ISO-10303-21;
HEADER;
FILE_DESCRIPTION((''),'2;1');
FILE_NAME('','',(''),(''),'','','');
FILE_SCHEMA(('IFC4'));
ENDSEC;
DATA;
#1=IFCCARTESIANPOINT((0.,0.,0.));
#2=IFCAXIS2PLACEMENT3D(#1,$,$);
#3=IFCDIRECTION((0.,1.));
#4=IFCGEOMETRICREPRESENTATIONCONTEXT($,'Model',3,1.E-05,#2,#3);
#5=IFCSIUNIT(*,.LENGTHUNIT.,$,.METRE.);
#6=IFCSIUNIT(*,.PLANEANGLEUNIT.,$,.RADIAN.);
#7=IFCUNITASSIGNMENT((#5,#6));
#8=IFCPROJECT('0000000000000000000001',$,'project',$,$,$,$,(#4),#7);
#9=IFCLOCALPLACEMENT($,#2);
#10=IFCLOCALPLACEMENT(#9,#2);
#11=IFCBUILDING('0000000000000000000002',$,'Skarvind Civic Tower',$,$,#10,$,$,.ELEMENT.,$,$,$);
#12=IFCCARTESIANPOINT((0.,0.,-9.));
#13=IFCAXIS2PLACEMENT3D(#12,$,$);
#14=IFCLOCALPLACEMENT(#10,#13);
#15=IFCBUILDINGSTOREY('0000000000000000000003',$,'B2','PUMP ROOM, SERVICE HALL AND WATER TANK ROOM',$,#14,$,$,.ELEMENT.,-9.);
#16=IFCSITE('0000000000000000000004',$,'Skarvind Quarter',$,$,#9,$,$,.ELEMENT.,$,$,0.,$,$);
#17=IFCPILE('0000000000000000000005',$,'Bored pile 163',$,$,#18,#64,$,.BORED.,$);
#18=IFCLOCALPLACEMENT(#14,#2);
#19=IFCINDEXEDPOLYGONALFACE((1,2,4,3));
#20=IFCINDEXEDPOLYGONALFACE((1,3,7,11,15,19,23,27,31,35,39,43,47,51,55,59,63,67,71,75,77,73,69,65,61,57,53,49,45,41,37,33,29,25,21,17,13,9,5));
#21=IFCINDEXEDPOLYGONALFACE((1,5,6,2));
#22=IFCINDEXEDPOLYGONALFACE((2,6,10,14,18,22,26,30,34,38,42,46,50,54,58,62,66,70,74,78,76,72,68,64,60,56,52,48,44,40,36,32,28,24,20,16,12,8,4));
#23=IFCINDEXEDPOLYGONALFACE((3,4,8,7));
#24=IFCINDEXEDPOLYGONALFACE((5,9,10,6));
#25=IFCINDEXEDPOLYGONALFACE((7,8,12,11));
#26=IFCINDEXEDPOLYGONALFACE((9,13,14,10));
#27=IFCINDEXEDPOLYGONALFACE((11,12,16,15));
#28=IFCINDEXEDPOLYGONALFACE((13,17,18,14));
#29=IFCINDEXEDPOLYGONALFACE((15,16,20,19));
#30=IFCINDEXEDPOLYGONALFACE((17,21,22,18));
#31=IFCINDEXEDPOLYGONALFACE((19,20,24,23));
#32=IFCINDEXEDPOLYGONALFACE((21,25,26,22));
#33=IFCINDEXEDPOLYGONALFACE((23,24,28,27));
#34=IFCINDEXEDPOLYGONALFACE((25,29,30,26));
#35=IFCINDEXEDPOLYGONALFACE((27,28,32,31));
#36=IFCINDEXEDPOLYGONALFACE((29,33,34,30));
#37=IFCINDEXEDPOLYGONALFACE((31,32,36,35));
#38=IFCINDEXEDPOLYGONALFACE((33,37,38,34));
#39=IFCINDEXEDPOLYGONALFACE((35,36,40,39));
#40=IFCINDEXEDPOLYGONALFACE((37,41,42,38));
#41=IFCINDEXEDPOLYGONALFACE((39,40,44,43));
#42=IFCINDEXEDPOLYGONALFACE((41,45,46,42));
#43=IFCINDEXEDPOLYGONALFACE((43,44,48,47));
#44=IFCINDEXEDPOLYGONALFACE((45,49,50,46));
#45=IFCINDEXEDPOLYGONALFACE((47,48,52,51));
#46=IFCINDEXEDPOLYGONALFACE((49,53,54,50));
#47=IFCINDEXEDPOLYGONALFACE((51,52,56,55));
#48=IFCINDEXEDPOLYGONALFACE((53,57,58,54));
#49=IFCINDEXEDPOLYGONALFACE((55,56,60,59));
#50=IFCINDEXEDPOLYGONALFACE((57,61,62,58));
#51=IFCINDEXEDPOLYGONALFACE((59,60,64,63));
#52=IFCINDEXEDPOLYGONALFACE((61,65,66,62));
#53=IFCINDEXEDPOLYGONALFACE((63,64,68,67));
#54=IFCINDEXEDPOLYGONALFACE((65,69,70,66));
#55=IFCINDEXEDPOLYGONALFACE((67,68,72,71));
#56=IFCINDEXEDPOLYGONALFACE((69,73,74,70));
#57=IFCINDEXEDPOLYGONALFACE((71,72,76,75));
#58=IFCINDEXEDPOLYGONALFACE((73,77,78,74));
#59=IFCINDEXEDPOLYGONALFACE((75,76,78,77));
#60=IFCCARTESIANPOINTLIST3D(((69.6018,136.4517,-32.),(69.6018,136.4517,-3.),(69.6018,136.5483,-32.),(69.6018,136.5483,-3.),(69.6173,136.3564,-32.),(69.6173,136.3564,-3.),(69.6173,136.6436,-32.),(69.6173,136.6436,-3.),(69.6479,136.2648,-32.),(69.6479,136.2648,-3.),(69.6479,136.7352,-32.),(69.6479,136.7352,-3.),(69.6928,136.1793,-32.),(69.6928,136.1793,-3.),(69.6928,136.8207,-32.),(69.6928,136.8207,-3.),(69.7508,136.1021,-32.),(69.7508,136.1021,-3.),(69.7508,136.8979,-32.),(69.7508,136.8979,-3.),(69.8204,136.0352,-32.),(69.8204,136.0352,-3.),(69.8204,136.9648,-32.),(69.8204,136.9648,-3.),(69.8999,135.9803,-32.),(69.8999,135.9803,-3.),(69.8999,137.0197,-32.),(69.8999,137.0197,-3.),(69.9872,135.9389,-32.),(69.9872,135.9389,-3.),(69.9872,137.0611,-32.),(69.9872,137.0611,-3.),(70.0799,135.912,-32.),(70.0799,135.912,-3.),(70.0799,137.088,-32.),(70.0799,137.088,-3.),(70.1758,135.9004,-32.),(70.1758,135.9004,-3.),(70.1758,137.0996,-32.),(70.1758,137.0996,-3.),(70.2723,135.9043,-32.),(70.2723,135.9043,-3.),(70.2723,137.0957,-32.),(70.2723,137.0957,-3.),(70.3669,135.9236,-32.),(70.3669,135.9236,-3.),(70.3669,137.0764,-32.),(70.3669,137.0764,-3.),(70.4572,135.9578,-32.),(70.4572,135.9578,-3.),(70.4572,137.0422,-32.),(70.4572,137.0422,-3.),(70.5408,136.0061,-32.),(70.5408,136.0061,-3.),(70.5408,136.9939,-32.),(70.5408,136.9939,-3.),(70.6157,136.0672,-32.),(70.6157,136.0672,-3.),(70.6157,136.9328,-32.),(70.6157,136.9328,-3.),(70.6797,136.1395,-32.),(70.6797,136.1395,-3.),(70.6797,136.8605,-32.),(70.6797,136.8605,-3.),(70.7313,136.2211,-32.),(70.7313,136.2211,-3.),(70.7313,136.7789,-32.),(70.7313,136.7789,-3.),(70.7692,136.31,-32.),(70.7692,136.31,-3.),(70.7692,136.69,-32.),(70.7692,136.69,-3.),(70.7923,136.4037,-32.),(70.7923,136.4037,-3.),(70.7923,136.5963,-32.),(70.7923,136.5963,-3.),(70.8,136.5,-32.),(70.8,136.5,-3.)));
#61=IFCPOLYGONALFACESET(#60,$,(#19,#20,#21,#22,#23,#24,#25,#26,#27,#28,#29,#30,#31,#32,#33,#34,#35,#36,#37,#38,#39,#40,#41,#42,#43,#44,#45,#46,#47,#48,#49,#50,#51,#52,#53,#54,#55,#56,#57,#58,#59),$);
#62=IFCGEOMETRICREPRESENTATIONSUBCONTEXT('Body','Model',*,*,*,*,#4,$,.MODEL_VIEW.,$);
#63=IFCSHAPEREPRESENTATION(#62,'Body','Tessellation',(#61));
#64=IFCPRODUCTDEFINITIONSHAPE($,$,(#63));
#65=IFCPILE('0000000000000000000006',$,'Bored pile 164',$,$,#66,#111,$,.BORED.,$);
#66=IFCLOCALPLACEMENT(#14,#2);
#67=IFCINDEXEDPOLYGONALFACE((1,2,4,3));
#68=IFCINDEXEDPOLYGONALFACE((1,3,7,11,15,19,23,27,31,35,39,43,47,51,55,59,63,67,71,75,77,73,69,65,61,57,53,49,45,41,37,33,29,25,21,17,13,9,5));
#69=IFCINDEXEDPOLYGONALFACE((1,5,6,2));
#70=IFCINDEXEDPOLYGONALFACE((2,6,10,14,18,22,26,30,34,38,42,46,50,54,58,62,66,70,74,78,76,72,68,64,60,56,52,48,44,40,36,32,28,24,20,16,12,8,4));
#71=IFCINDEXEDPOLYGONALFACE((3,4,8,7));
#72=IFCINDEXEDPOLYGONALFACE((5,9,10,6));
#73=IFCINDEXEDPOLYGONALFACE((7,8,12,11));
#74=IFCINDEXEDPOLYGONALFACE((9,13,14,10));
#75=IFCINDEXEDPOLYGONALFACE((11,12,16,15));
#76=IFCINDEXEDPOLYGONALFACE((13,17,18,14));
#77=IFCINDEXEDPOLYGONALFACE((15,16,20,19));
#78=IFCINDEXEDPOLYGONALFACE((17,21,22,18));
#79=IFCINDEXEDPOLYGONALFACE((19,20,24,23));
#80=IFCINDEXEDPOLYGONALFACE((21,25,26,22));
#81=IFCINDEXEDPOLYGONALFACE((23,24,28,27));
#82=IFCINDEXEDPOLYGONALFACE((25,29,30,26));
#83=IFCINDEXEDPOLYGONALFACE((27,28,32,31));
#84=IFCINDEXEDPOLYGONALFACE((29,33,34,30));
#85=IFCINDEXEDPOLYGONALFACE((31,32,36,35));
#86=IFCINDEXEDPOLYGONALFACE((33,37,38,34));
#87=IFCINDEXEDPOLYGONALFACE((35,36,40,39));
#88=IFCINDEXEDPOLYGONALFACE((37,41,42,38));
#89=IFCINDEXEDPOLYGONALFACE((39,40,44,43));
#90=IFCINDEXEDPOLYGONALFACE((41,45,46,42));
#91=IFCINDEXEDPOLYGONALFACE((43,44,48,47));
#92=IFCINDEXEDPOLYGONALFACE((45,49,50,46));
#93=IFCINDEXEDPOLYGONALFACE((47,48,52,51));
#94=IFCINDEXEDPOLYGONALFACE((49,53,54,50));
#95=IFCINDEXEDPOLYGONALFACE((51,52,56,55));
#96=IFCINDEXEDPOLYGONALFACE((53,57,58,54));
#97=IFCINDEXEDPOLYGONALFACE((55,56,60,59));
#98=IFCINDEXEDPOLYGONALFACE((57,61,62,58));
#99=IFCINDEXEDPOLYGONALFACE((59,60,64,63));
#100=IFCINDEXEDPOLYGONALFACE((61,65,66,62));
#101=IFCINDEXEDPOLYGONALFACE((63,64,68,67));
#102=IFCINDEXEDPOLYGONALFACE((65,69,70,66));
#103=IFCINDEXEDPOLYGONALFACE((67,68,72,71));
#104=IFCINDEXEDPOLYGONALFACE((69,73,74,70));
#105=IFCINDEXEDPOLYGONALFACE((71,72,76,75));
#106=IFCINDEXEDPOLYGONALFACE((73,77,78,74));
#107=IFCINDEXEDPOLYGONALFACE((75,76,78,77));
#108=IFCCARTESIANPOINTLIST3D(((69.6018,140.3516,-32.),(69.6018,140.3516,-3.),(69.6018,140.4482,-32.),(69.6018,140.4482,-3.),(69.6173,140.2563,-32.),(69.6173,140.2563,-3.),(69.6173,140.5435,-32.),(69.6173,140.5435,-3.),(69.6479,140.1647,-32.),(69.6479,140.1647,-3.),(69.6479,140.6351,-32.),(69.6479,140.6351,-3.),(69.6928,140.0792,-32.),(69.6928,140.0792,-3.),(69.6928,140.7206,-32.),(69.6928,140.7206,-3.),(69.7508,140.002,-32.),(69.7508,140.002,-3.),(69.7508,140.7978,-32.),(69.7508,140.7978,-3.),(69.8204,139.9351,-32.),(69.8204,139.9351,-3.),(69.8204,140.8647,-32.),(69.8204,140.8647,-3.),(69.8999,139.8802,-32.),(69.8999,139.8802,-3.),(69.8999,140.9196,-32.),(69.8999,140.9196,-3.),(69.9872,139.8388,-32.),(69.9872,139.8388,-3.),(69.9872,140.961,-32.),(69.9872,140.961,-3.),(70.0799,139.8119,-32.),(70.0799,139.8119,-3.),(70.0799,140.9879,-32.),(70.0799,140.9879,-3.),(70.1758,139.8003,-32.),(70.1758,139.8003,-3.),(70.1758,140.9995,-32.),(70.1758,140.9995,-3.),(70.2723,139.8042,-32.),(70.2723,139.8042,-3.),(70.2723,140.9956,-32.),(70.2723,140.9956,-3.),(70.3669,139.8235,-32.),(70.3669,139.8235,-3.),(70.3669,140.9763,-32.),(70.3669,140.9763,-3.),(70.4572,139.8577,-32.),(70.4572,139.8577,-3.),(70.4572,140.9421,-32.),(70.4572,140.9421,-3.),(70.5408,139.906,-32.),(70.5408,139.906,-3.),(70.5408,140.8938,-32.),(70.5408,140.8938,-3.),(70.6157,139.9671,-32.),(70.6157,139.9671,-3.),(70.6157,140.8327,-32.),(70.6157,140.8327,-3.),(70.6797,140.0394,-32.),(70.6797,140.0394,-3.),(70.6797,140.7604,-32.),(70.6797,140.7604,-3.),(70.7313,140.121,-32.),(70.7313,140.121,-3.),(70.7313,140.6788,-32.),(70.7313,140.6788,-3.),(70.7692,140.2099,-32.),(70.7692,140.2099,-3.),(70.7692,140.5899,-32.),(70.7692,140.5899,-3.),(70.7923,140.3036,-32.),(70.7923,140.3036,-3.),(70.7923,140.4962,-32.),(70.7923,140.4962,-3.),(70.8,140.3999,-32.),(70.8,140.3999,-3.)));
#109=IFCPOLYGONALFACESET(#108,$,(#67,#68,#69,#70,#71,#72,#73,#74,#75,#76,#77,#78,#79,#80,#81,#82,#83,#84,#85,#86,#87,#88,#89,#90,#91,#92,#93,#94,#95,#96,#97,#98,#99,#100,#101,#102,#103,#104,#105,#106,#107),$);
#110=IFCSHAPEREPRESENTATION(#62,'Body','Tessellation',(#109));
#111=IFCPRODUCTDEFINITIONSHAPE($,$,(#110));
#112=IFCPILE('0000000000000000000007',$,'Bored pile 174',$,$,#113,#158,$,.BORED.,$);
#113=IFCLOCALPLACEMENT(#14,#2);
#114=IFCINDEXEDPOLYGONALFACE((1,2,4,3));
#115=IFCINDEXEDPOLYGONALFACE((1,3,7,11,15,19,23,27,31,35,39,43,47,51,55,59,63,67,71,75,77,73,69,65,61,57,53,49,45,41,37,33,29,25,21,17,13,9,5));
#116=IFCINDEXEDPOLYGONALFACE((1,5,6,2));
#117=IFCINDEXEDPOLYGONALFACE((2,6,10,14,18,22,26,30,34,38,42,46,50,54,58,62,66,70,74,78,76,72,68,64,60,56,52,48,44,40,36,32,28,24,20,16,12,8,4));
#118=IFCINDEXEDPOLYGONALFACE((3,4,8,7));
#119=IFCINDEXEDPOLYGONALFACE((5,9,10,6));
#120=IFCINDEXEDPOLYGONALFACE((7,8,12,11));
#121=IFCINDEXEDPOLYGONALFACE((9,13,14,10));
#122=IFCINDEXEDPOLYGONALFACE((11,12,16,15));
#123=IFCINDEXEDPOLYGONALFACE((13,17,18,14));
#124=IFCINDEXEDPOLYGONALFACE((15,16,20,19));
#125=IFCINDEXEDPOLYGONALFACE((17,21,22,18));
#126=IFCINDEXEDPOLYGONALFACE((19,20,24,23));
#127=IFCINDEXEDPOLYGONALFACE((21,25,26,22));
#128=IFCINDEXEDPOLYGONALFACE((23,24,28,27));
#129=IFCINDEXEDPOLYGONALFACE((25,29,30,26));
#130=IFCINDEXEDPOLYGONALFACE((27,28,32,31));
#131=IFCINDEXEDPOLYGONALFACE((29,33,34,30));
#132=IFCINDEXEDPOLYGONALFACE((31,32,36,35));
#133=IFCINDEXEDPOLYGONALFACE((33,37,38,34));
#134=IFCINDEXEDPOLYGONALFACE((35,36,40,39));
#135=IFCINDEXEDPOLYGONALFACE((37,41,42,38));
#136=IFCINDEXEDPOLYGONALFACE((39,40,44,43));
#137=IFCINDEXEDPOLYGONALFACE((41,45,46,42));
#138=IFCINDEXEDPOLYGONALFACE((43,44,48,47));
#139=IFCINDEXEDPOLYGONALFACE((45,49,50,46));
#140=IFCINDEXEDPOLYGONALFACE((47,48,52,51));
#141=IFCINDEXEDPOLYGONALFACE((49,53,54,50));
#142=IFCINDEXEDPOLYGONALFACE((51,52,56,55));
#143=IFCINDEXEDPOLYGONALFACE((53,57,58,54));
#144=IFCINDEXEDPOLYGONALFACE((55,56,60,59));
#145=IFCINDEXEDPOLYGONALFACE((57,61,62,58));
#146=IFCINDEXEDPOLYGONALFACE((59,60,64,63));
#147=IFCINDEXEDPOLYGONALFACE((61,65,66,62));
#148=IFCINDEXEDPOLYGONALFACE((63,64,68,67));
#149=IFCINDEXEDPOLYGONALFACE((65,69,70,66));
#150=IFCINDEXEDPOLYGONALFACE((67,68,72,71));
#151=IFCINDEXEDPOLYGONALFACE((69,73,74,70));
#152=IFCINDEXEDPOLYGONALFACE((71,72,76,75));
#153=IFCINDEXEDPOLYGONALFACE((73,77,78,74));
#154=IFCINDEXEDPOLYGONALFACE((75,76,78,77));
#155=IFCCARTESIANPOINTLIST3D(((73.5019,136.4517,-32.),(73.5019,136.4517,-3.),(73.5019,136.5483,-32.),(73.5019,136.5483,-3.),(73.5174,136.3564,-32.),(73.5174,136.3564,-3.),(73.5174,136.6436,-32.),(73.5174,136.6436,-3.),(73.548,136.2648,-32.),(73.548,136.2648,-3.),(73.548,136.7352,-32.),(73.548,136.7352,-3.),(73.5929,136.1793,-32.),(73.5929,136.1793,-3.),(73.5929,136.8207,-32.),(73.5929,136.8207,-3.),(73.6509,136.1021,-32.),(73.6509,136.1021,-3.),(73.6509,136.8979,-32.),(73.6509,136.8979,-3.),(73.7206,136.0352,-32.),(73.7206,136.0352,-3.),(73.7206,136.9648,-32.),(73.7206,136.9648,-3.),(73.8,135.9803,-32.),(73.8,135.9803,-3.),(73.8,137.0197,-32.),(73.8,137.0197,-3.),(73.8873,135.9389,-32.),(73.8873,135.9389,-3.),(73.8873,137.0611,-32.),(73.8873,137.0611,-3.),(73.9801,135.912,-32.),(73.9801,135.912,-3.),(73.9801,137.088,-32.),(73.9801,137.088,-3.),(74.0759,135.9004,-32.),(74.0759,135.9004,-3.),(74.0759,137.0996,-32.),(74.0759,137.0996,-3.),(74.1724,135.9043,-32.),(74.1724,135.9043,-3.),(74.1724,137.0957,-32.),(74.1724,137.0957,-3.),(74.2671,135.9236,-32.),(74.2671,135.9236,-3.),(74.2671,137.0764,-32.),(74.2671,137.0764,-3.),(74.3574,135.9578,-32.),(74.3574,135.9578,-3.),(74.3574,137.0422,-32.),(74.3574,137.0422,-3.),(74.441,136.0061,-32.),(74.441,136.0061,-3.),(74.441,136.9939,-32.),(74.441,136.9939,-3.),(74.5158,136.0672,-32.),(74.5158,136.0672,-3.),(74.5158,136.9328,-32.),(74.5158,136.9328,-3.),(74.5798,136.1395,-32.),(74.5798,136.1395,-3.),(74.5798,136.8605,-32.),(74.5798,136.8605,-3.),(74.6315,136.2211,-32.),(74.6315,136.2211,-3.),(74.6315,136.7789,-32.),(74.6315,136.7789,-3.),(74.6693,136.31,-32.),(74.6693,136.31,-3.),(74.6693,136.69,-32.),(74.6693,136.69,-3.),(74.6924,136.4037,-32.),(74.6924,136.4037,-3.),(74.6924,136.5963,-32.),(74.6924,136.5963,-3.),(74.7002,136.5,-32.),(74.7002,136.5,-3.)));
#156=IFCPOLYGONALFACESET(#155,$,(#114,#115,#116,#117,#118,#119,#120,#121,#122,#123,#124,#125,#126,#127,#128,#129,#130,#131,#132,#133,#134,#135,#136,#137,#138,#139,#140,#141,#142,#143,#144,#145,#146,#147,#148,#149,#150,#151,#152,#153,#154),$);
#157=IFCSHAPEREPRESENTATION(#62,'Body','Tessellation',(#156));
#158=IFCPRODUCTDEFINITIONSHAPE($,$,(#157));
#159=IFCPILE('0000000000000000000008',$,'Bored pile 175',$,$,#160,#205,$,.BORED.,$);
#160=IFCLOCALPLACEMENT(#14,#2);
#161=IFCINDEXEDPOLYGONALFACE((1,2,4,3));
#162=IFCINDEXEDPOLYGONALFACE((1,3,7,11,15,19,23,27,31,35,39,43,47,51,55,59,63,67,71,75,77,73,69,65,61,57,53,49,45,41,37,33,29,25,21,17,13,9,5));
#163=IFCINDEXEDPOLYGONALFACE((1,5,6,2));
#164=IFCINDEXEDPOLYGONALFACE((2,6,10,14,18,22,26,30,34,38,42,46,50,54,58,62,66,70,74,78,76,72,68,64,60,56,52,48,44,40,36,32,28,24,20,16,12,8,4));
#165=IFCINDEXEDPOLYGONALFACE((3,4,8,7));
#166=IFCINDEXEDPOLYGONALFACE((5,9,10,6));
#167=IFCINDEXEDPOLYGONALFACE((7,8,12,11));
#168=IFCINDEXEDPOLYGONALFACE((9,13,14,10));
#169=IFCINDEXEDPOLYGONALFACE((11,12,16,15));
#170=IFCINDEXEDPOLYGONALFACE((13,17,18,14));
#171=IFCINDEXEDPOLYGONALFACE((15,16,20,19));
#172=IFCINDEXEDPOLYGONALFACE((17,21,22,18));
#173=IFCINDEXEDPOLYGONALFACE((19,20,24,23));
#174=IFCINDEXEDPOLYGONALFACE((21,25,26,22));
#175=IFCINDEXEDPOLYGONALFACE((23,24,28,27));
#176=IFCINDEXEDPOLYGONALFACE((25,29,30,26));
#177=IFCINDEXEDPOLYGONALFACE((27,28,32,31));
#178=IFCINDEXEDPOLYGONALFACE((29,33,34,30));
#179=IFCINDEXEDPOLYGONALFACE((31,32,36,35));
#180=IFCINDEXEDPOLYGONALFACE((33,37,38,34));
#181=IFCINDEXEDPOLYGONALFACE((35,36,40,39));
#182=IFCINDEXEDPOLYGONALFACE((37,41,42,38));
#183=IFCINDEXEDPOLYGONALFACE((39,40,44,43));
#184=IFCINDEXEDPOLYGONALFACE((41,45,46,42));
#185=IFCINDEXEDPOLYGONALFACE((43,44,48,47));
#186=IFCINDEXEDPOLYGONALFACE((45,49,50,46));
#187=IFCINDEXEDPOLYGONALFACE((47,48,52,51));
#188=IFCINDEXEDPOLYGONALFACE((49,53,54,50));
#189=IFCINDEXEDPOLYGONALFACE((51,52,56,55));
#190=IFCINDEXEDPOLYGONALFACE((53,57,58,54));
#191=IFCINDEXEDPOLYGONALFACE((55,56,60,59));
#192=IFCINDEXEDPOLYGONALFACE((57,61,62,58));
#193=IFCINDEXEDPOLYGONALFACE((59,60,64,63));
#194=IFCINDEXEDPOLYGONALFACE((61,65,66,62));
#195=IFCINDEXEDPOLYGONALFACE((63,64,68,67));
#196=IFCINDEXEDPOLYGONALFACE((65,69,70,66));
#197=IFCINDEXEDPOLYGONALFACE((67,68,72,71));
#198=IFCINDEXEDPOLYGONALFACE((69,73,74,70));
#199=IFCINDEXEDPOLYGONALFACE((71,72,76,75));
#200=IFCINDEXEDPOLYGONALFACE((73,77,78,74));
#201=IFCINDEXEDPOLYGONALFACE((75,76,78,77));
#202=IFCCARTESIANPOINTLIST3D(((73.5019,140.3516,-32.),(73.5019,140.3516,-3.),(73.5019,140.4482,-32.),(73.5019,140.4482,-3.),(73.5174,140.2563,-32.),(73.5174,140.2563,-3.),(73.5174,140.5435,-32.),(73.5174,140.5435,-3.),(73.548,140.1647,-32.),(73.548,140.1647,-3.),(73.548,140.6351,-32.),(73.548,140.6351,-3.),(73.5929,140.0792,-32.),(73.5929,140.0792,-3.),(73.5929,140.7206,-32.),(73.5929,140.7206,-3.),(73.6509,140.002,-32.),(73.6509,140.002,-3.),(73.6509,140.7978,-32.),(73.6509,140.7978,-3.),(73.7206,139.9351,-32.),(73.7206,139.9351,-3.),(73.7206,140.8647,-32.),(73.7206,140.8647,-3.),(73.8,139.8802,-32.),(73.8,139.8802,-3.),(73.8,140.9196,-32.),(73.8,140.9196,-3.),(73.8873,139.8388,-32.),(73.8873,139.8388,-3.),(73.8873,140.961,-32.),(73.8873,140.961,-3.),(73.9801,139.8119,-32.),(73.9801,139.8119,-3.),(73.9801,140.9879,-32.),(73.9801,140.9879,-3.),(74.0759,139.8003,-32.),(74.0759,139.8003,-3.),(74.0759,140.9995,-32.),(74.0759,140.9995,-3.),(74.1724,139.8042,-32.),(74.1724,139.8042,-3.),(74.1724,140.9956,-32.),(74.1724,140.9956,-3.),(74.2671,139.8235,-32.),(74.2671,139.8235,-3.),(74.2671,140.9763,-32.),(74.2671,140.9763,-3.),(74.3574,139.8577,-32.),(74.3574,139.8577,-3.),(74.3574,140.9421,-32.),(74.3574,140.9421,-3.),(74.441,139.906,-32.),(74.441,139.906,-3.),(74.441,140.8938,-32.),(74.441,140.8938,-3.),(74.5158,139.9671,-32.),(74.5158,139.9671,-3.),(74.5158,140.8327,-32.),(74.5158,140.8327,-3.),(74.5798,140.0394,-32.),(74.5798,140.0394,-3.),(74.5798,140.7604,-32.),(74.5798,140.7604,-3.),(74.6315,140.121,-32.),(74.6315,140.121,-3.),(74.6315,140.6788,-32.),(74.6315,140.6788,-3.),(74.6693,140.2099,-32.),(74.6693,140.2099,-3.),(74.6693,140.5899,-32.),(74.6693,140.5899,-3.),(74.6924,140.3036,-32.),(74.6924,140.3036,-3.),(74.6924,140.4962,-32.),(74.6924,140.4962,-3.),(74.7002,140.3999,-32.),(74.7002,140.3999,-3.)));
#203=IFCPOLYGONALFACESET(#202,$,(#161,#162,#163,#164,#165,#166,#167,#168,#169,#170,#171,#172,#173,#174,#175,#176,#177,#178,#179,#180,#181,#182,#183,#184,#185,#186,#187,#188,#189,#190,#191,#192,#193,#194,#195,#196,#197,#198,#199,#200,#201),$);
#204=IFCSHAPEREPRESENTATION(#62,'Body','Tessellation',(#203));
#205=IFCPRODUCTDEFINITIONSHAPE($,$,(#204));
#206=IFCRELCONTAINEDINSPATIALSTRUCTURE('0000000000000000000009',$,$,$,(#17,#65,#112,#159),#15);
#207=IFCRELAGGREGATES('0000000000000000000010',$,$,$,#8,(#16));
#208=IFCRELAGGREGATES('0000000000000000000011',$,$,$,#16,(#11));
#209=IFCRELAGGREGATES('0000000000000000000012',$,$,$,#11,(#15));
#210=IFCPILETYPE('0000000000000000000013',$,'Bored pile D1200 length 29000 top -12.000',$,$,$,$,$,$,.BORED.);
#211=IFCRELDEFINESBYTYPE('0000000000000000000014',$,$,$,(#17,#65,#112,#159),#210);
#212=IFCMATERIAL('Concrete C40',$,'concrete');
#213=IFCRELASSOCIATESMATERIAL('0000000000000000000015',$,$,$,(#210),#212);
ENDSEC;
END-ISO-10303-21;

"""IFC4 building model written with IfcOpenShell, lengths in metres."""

from ifc_helpers import new_model, si_unit, direction, frame, origin, origin_2d, place, context, subcontext, project, spatial, circle, extrude, material, type_object, element, save


model = new_model("IFC4")

# Units and contexts
model_context = context("Model", 3, precision=1e-05, world=origin(), true_north=direction((0.0, 1.0)))
body_context = subcontext(model_context, "Body", "Model", "MODEL_VIEW")
ifc_project = project(units=[si_unit("LENGTHUNIT", "METRE"), si_unit("PLANEANGLEUNIT", "RADIAN")], contexts=[model_context])

# Site, building, storey
site_placement = place(None, origin())
site = spatial("IfcSite", under=ifc_project, at=site_placement, Name="Skarvind Quarter", CompositionType="ELEMENT", RefElevation=0.0)
building_placement = place(site_placement, origin())
building = spatial("IfcBuilding", under=site, at=building_placement, Name="Skarvind Civic Tower", CompositionType="ELEMENT")
storey_placement = place(building_placement, frame((0.0, 0.0, -9.0)))
storey = spatial("IfcBuildingStorey", under=building, at=storey_placement, Name="B2", Description="PUMP ROOM, SERVICE HALL AND WATER TANK ROOM", CompositionType="ELEMENT", Elevation=-9.0)

# Piles
ifc_material_1 = material(Name="Concrete C40", Category="concrete")
pile_type_1 = type_object("IfcPileType", Name="Bored pile D1200 length 29000 top -12.000", PredefinedType="BORED", material=ifc_material_1)
for number, where, z_axis, x_axis, name in (
    (1, (70.2, 136.5, -3.0), (0.0, 0.0, -1.0), (1.0, 0.0, 0.0), "Bored pile 163"),
    (2, (70.2, 140.3999, -3.0), (0.0, 0.0, -1.0), (1.0, 0.0, 0.0), "Bored pile 164"),
    (3, (74.1001, 136.5, -3.0), (0.0, 0.0, -1.0), (1.0, 0.0, 0.0), "Bored pile 174"),
    (4, (74.1001, 140.3999, -3.0), (0.0, 0.0, -1.0), (1.0, 0.0, 0.0), "Bored pile 175"),
):
    element("IfcPile", number, at=place(storey_placement, frame(where, z_axis=z_axis, x_axis=x_axis)), inside=storey, type_object=pile_type_1, Name=name, PredefinedType="BORED", context=body_context, shape_type="SweptSolid", body=[
        extrude(circle(Radius=0.6001, at=origin_2d()), origin(), (0.0, 0.0, 1.0), 29.0),
    ])

save(model, "model.ifc")
